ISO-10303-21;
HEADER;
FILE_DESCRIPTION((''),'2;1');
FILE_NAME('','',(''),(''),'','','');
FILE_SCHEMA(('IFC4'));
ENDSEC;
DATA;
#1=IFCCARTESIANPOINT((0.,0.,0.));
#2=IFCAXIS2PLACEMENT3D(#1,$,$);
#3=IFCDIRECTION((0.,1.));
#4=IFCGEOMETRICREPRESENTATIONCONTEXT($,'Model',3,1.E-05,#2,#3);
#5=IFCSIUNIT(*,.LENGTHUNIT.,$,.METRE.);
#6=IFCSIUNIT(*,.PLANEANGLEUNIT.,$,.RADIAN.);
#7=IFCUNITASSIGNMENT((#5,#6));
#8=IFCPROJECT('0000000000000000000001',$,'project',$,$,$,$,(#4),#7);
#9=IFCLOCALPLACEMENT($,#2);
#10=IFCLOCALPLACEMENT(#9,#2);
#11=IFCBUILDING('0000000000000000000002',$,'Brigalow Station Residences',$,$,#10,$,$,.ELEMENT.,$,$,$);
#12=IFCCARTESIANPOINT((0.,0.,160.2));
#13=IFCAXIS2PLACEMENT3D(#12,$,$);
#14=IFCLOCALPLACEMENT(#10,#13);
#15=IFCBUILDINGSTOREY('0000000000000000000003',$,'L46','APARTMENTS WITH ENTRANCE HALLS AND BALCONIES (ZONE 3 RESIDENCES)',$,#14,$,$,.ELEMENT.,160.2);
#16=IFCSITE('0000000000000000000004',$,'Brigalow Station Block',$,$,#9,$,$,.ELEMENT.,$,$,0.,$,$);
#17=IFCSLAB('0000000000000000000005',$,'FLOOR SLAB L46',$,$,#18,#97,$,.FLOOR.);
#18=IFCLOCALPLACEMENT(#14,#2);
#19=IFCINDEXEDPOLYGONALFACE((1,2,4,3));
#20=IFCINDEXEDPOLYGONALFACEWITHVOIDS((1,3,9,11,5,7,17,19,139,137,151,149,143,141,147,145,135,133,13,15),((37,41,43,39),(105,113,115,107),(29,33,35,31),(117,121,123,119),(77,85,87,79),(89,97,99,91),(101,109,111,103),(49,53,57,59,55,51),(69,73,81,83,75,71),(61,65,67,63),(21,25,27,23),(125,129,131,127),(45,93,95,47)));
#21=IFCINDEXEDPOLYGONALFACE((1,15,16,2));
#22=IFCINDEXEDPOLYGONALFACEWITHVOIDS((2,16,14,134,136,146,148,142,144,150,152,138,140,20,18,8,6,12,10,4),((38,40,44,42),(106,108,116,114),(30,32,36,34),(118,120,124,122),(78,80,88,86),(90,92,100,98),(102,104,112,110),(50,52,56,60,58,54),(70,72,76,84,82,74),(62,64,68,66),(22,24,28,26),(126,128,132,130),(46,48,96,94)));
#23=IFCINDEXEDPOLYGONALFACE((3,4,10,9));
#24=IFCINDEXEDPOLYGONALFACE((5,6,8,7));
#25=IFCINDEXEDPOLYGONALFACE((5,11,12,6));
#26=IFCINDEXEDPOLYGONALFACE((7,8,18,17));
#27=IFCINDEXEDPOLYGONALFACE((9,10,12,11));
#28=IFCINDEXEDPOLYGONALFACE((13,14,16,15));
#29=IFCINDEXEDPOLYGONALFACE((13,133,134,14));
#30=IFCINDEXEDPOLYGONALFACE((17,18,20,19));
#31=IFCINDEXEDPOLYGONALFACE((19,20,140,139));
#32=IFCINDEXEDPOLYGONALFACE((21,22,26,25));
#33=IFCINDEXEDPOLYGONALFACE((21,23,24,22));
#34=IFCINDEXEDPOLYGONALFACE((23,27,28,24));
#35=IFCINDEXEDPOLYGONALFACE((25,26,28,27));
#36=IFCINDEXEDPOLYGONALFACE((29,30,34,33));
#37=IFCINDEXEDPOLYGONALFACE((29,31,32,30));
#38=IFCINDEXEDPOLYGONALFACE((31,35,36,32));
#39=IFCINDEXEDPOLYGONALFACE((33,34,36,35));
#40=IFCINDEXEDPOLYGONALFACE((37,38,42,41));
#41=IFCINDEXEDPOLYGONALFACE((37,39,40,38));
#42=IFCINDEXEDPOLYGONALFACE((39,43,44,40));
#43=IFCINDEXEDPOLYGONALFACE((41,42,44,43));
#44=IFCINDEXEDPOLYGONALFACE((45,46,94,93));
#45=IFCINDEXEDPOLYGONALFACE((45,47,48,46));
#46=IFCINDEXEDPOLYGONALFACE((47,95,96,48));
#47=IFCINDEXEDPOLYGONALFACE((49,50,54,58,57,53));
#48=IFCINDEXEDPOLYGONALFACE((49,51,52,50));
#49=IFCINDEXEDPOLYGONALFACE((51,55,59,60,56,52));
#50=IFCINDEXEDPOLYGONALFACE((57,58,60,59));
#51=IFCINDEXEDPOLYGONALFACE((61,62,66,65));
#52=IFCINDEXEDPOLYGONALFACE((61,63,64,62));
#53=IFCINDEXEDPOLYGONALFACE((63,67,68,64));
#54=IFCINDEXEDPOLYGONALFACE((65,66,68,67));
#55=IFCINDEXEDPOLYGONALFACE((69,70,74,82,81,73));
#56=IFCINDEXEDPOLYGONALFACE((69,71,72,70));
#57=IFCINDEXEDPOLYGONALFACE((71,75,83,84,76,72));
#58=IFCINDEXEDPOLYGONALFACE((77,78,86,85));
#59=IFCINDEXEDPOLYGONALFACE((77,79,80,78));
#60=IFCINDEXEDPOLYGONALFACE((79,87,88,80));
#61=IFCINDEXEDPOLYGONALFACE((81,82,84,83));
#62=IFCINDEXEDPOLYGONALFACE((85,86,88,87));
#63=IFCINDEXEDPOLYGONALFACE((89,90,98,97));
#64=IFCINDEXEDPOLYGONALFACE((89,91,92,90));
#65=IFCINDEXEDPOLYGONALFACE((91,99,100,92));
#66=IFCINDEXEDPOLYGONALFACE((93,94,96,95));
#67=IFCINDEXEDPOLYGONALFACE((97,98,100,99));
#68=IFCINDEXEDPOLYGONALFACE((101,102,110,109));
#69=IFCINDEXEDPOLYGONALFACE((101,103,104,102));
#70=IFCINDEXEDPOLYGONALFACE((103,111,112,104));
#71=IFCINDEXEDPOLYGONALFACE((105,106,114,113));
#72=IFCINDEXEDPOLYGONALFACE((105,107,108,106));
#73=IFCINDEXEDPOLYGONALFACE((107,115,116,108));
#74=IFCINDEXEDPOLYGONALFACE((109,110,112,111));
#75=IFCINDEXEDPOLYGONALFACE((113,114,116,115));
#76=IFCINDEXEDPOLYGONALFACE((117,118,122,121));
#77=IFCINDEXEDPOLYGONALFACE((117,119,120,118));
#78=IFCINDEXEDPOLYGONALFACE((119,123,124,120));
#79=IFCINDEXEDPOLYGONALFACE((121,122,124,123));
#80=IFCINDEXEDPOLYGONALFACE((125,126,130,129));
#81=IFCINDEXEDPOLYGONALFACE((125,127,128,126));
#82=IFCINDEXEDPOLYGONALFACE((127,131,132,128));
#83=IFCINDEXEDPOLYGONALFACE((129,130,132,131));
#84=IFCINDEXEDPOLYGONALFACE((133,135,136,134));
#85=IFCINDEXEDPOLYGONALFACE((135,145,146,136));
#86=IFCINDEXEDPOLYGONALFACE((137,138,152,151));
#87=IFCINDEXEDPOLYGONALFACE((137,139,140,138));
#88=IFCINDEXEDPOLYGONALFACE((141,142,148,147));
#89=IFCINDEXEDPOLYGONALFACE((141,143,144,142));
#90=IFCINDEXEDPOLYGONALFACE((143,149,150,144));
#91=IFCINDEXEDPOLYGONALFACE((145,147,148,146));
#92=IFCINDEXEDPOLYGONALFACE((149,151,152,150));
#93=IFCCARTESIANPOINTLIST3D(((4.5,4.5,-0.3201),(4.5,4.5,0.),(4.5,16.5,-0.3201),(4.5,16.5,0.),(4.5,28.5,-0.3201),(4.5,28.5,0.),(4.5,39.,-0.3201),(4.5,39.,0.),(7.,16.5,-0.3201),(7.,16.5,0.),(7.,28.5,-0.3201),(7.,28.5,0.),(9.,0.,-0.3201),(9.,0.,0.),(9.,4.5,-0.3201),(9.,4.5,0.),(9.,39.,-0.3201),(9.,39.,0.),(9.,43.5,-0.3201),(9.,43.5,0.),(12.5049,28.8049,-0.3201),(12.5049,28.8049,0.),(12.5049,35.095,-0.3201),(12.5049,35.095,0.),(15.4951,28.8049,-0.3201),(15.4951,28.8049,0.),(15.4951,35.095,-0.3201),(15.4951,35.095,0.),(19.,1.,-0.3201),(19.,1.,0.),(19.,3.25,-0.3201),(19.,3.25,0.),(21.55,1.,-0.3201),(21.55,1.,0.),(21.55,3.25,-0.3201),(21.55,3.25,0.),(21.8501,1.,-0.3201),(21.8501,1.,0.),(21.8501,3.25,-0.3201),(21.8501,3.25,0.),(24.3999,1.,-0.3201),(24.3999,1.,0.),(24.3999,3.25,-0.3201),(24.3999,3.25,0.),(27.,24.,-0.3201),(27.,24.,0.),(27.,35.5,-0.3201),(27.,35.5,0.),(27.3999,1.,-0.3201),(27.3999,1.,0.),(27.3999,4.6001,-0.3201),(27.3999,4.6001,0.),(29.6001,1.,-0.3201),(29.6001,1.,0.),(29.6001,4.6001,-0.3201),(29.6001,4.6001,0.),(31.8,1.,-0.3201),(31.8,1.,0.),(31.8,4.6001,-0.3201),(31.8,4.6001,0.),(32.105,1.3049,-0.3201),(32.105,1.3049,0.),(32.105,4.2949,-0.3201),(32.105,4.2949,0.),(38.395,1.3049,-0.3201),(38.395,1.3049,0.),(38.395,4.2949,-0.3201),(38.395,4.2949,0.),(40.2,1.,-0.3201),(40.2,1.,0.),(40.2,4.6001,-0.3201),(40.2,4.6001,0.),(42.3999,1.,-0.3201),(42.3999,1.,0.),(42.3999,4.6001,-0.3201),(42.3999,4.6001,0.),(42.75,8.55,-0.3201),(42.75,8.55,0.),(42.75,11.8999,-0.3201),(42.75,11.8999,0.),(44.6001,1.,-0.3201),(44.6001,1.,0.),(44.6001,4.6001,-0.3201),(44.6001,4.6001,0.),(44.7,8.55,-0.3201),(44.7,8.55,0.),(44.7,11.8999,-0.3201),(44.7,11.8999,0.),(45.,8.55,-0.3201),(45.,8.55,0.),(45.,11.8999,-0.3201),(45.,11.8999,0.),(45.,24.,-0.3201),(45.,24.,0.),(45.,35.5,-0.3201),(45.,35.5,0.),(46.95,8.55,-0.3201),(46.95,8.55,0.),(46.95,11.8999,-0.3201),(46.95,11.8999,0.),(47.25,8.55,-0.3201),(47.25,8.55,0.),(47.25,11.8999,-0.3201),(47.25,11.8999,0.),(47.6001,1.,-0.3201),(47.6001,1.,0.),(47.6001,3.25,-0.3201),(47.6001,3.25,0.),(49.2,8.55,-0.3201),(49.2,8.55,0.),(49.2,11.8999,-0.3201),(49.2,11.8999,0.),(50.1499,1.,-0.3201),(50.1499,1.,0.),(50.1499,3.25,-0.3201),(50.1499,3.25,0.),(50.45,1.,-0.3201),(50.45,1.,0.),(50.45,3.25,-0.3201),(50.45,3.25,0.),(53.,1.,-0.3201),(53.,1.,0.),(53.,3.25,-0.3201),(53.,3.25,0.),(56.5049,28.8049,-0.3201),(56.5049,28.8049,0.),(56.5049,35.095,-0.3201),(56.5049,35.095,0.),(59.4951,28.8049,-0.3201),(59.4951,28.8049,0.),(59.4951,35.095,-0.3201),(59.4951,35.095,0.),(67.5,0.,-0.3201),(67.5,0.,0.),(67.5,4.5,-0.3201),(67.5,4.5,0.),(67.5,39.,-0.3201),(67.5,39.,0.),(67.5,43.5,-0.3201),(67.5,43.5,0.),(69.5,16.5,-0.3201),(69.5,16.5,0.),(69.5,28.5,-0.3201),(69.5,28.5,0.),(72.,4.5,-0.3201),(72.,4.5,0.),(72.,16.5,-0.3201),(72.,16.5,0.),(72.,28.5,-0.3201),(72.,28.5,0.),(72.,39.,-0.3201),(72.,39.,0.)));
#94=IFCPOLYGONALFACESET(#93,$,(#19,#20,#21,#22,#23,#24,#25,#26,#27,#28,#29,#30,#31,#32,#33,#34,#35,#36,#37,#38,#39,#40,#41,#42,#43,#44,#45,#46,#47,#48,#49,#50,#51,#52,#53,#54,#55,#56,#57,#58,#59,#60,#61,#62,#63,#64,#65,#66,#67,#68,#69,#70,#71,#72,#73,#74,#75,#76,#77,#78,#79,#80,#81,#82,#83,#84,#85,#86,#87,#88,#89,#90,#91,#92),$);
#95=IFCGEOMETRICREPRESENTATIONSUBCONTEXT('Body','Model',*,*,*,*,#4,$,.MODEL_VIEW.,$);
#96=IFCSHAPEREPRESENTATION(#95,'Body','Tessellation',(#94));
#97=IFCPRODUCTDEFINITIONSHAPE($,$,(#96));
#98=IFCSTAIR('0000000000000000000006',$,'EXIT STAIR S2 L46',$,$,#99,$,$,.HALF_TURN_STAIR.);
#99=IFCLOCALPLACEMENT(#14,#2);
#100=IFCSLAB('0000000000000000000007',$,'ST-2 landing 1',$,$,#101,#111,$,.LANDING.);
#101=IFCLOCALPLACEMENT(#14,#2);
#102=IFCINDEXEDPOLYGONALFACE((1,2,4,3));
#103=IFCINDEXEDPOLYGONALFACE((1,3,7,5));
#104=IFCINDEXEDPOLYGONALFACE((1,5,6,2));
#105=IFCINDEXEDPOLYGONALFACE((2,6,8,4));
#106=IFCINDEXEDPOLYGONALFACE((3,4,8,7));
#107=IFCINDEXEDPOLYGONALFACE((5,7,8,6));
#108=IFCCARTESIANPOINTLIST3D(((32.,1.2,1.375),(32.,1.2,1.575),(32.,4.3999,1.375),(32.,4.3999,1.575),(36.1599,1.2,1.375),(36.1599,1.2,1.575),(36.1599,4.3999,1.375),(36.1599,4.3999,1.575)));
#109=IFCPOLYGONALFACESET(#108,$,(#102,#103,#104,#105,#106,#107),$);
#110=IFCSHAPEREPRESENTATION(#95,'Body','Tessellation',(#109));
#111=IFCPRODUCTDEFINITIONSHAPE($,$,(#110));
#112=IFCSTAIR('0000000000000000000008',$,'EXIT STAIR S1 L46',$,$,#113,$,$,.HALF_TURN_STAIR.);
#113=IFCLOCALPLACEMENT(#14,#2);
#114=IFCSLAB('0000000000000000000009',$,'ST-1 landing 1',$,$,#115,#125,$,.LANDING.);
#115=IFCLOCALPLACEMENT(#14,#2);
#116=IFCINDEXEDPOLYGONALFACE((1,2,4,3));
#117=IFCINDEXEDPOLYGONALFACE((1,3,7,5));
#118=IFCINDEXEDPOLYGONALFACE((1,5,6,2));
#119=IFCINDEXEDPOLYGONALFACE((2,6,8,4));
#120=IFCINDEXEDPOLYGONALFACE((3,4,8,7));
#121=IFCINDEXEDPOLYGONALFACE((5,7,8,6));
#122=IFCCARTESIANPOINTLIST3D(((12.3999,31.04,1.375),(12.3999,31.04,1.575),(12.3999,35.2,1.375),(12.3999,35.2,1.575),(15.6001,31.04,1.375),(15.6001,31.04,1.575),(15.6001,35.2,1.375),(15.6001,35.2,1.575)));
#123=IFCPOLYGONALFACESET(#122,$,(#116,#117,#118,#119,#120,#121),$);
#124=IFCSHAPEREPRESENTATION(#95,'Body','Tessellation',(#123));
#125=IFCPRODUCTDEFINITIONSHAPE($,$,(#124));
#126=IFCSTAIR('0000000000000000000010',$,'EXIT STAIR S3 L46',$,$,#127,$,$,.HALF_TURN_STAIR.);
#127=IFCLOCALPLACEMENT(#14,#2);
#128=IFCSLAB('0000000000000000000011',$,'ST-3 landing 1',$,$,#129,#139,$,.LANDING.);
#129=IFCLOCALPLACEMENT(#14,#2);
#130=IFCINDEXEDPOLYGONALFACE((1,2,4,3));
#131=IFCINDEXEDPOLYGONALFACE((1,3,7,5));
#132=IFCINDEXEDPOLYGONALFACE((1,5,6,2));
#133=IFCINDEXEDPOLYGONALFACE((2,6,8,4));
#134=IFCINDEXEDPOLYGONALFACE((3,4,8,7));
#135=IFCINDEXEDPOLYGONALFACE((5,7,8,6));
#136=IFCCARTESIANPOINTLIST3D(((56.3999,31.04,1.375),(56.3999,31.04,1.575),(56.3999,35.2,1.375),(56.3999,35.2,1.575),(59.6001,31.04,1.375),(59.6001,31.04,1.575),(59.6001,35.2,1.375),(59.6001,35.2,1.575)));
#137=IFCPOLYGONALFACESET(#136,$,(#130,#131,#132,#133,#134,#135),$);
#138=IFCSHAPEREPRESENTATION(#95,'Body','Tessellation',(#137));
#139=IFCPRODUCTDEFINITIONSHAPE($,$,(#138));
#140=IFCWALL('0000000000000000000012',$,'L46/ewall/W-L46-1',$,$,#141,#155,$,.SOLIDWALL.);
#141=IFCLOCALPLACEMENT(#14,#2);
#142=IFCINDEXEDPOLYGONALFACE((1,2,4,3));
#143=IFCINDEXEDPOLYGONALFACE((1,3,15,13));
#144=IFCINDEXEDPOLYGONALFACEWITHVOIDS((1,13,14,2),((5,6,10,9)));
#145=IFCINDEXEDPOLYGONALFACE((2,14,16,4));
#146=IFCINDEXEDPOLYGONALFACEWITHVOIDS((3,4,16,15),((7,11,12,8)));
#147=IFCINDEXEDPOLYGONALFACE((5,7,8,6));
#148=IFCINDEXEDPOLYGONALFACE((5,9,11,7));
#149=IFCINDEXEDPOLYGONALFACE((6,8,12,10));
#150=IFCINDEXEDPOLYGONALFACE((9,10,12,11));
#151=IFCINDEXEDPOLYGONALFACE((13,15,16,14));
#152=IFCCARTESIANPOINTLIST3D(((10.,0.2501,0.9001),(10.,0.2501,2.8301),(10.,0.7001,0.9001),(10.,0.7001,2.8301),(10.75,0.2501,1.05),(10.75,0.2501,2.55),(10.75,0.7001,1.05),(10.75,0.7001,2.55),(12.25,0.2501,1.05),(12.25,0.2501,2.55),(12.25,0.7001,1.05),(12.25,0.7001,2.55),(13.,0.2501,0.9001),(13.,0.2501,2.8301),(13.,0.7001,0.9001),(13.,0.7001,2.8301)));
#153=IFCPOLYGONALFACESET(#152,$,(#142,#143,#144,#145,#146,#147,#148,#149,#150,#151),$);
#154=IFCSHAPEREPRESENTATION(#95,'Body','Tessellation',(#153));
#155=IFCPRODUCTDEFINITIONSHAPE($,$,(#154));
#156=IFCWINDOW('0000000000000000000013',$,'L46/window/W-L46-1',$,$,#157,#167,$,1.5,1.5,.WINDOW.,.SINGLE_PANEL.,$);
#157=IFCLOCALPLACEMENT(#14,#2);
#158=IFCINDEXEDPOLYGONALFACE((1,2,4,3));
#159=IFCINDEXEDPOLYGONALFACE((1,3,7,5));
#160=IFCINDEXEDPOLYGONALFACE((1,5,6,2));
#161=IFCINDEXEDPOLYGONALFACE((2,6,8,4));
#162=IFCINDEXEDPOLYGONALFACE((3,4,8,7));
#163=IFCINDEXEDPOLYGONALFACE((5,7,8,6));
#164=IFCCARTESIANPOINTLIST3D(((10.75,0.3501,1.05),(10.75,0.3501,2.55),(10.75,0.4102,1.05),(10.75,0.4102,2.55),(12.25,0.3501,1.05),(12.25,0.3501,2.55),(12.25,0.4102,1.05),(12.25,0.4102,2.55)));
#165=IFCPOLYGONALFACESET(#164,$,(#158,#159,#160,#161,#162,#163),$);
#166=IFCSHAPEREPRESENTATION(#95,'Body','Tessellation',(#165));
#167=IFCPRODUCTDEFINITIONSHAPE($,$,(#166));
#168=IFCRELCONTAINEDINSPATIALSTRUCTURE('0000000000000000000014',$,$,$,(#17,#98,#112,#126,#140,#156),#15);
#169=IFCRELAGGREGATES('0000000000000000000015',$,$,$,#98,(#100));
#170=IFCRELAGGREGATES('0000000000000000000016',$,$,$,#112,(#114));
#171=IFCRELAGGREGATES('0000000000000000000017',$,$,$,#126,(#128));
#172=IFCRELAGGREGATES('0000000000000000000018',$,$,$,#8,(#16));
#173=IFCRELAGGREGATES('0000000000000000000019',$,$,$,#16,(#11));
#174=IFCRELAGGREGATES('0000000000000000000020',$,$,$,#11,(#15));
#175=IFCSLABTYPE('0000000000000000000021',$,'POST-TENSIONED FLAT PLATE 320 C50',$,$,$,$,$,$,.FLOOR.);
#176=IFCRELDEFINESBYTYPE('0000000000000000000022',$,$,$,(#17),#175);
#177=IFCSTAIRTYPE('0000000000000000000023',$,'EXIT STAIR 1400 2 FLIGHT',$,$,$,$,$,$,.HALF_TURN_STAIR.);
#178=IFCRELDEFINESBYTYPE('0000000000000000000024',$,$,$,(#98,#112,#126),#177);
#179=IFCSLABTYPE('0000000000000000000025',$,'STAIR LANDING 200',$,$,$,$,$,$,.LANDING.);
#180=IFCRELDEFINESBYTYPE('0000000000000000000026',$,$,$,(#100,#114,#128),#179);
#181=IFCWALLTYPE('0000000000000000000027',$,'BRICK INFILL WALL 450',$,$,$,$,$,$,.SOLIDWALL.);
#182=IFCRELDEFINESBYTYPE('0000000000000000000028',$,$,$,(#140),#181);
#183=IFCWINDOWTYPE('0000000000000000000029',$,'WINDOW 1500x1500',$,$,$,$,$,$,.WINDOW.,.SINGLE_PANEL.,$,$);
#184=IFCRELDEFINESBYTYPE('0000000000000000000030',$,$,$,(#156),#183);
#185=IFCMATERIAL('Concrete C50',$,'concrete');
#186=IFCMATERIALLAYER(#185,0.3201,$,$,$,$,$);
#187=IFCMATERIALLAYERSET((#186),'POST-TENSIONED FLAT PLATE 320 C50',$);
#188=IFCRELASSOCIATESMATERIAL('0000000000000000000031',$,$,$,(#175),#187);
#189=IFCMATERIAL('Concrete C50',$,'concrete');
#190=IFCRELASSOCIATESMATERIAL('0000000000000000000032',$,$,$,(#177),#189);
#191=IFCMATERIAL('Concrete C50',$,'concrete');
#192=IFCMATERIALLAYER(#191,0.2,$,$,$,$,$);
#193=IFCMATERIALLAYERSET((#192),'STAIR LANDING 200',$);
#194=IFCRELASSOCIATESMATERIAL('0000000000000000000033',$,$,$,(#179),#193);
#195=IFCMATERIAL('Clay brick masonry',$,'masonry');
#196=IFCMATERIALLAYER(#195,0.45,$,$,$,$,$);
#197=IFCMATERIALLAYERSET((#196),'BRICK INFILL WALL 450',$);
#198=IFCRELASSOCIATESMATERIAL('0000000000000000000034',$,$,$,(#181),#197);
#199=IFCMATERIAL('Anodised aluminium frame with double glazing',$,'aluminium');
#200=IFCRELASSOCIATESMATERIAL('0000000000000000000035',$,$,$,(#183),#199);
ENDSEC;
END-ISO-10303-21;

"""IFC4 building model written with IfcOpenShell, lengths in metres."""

from ifc_helpers import new_model, si_unit, direction, frame, frame_2d, origin, place, context, subcontext, project, spatial, polyline, rectangle, outline, extrude, material, layer, layer_set, type_object, element, fill, aggregate, save


model = new_model("IFC4")

# Units and contexts
model_context = context("Model", 3, precision=1e-05, world=origin(), true_north=direction((0.0, 1.0)))
body_context = subcontext(model_context, "Body", "Model", "MODEL_VIEW")
ifc_project = project(units=[si_unit("LENGTHUNIT", "METRE"), si_unit("PLANEANGLEUNIT", "RADIAN")], contexts=[model_context])

# Site, building, storey
site_placement = place(None, origin())
site = spatial("IfcSite", under=ifc_project, at=site_placement, Name="Brigalow Station Block", CompositionType="ELEMENT", RefElevation=0.0)
building_placement = place(site_placement, origin())
building = spatial("IfcBuilding", under=site, at=building_placement, Name="Brigalow Station Residences", CompositionType="ELEMENT")
storey_placement = place(building_placement, frame((0.0, 0.0, 160.2)))
storey = spatial("IfcBuildingStorey", under=building, at=storey_placement, Name="L46", Description="APARTMENTS WITH ENTRANCE HALLS AND BALCONIES (ZONE 3 RESIDENCES)", CompositionType="ELEMENT", Elevation=160.2)

# Slab
ifc_material_1 = material(Name="Concrete C50", Category="concrete")
ifc_layer_1 = layer(ifc_material_1, 0.3201)
ifc_layer_set_1 = layer_set([ifc_layer_1], Name="POST-TENSIONED FLAT PLATE 320 C50")
slab_type_1 = type_object("IfcSlabType", Name="POST-TENSIONED FLAT PLATE 320 C50", PredefinedType="FLOOR", material=ifc_layer_set_1)
slab_1_placement = place(storey_placement, frame((0.0, 0.0, -0.3201)))
element("IfcSlab", 1, at=slab_1_placement, inside=storey, type_object=slab_type_1, Name="FLOOR SLAB L46", PredefinedType="FLOOR", context=body_context, shape_type="SweptSolid", body=[
    extrude(outline(polyline([(9.0, 0.0), (67.5, 0.0), (67.5, 4.5), (72.0, 4.5), (72.0, 16.5), (69.5, 16.5), (69.5, 28.5), (72.0, 28.5), (72.0, 39.0), (67.5, 39.0), (67.5, 43.5), (9.0, 43.5), (9.0, 39.0), (4.5, 39.0), (4.5, 28.5), (7.0, 28.5), (7.0, 16.5), (4.5, 16.5), (4.5, 4.5), (9.0, 4.5), (9.0, 0.0)]), holes=[polyline([(12.5049, 35.095), (15.4951, 35.095), (15.4951, 28.8049), (12.5049, 28.8049), (12.5049, 35.095)]), polyline([(19.0, 1.0), (19.0, 3.25), (21.55, 3.25), (21.55, 1.0), (19.0, 1.0)]), polyline([(21.8501, 3.25), (24.3999, 3.25), (24.3999, 1.0), (21.8501, 1.0), (21.8501, 3.25)]), polyline([(27.0, 35.5), (45.0, 35.5), (45.0, 24.0), (27.0, 24.0), (27.0, 35.5)]), polyline([(29.6001, 4.6001), (31.8, 4.6001), (31.8, 1.0), (29.6001, 1.0), (27.3999, 1.0), (27.3999, 4.6001), (29.6001, 4.6001)]), polyline([(32.105, 4.2949), (38.395, 4.2949), (38.395, 1.3049), (32.105, 1.3049), (32.105, 4.2949)]), polyline([(40.2, 4.6001), (42.3999, 4.6001), (44.6001, 4.6001), (44.6001, 1.0), (42.3999, 1.0), (40.2, 1.0), (40.2, 4.6001)]), polyline([(42.75, 11.8999), (44.7, 11.8999), (44.7, 8.55), (42.75, 8.55), (42.75, 11.8999)]), polyline([(45.0, 11.8999), (46.95, 11.8999), (46.95, 8.55), (45.0, 8.55), (45.0, 11.8999)]), polyline([(47.25, 11.8999), (49.2, 11.8999), (49.2, 8.55), (47.25, 8.55), (47.25, 11.8999)]), polyline([(47.6001, 3.25), (50.1499, 3.25), (50.1499, 1.0), (47.6001, 1.0), (47.6001, 3.25)]), polyline([(50.45, 3.25), (53.0, 3.25), (53.0, 1.0), (50.45, 1.0), (50.45, 3.25)]), polyline([(56.5049, 35.095), (59.4951, 35.095), (59.4951, 28.8049), (56.5049, 28.8049), (56.5049, 35.095)])]), origin(), (0.0, 0.0, 1.0), 0.3201),
])

# Stairs, slabs
ifc_material_2 = material(Name="Concrete C50", Category="concrete")
stair_type = type_object("IfcStairType", Name="EXIT STAIR 1400 2 FLIGHT", PredefinedType="HALF_TURN_STAIR", material=ifc_material_2)
stair_1_placement = place(storey_placement, origin())
stair_1 = element("IfcStair", 2, at=stair_1_placement, inside=storey, type_object=stair_type, Name="EXIT STAIR S2 L46", PredefinedType="HALF_TURN_STAIR")
ifc_material_3 = material(Name="Concrete C50", Category="concrete")
ifc_layer_2 = layer(ifc_material_3, 0.2)
ifc_layer_set_2 = layer_set([ifc_layer_2], Name="STAIR LANDING 200")
slab_type_2 = type_object("IfcSlabType", Name="STAIR LANDING 200", PredefinedType="LANDING", material=ifc_layer_set_2)
slab_2_placement = place(storey_placement, frame((0.0, 0.0, 1.375)))
slab_2 = element("IfcSlab", 3, at=slab_2_placement, type_object=slab_type_2, Name="ST-2 landing 1", PredefinedType="LANDING", context=body_context, shape_type="SweptSolid", body=[
    extrude(outline(polyline([(32.0, 1.2), (36.1599, 1.2), (36.1599, 4.3999), (32.0, 4.3999), (32.0, 1.2)])), origin(), (0.0, 0.0, 1.0), 0.2),
])
aggregate(stair_1, [slab_2])
stair_2_placement = place(storey_placement, origin())
stair_2 = element("IfcStair", 4, at=stair_2_placement, inside=storey, type_object=stair_type, Name="EXIT STAIR S1 L46", PredefinedType="HALF_TURN_STAIR")
slab_3_placement = place(storey_placement, frame((0.0, 0.0, 1.375)))
slab_3 = element("IfcSlab", 5, at=slab_3_placement, type_object=slab_type_2, Name="ST-1 landing 1", PredefinedType="LANDING", context=body_context, shape_type="SweptSolid", body=[
    extrude(outline(polyline([(12.3999, 31.04), (15.6001, 31.04), (15.6001, 35.2), (12.3999, 35.2), (12.3999, 31.04)])), origin(), (0.0, 0.0, 1.0), 0.2),
])
aggregate(stair_2, [slab_3])
stair_3_placement = place(storey_placement, origin())
stair_3 = element("IfcStair", 6, at=stair_3_placement, inside=storey, type_object=stair_type, Name="EXIT STAIR S3 L46", PredefinedType="HALF_TURN_STAIR")
slab_4_placement = place(storey_placement, frame((0.0, 0.0, 1.375)))
slab_4 = element("IfcSlab", 7, at=slab_4_placement, type_object=slab_type_2, Name="ST-3 landing 1", PredefinedType="LANDING", context=body_context, shape_type="SweptSolid", body=[
    extrude(outline(polyline([(56.3999, 31.04), (59.6001, 31.04), (59.6001, 35.2), (56.3999, 35.2), (56.3999, 31.04)])), origin(), (0.0, 0.0, 1.0), 0.2),
])
aggregate(stair_3, [slab_4])

# Wall, opening, window
ifc_material_4 = material(Name="Clay brick masonry", Category="masonry")
ifc_layer_3 = layer(ifc_material_4, 0.45)
ifc_layer_set_3 = layer_set([ifc_layer_3], Name="BRICK INFILL WALL 450")
wall_type_1 = type_object("IfcWallType", Name="BRICK INFILL WALL 450", PredefinedType="SOLIDWALL", material=ifc_layer_set_3)
wall_1_placement = place(storey_placement, frame((10.0, 0.4751, 0.9001), z_axis=(0.0, 0.0, 1.0), x_axis=(1.0, 0.0, 0.0)))
wall_1 = element("IfcWall", 8, at=wall_1_placement, inside=storey, type_object=wall_type_1, Name="L46/ewall/W-L46-1", PredefinedType="SOLIDWALL", context=body_context, shape_type="SweptSolid", body=[
    extrude(rectangle(XDim=3.0, YDim=0.45, at=frame_2d((1.5, 0.0))), origin(), (0.0, 0.0, 1.0), 1.9299),
])
opening_1_placement = place(wall_1_placement, frame((0.75, 0.0, 0.1499)))
opening_1 = element("IfcOpeningElement", 9, at=opening_1_placement, cuts=wall_1, PredefinedType="OPENING", context=body_context, shape_type="SweptSolid", body=[
    extrude(rectangle(XDim=1.5, YDim=1.5, at=frame_2d((0.75, 0.75))), frame((0.0, 0.2349, 0.0), z_axis=(0.0, -1.0, 0.0), x_axis=(1.0, 0.0, 0.0)), (0.0, 0.0, 1.0), 0.47),
])
ifc_material_5 = material(Name="Anodised aluminium frame with double glazing", Category="aluminium")
window_type_1 = type_object("IfcWindowType", Name="WINDOW 1500x1500", PartitioningType="SINGLE_PANEL", PredefinedType="WINDOW", material=ifc_material_5)
window_1_placement = place(opening_1_placement, origin())
window_1 = element("IfcWindow", 10, at=window_1_placement, inside=storey, type_object=window_type_1, Name="L46/window/W-L46-1", OverallHeight=1.5, OverallWidth=1.5, PartitioningType="SINGLE_PANEL", PredefinedType="WINDOW", context=body_context, shape_type="SweptSolid", body=[
    extrude(rectangle(XDim=1.5, YDim=1.5, at=frame_2d((0.75, 0.75))), frame((0.0, -0.0649, 0.0), z_axis=(0.0, -1.0, 0.0), x_axis=(1.0, 0.0, 0.0)), (0.0, 0.0, 1.0), 0.0601),
])
fill(opening_1, window_1)

save(model, "model.ifc")
